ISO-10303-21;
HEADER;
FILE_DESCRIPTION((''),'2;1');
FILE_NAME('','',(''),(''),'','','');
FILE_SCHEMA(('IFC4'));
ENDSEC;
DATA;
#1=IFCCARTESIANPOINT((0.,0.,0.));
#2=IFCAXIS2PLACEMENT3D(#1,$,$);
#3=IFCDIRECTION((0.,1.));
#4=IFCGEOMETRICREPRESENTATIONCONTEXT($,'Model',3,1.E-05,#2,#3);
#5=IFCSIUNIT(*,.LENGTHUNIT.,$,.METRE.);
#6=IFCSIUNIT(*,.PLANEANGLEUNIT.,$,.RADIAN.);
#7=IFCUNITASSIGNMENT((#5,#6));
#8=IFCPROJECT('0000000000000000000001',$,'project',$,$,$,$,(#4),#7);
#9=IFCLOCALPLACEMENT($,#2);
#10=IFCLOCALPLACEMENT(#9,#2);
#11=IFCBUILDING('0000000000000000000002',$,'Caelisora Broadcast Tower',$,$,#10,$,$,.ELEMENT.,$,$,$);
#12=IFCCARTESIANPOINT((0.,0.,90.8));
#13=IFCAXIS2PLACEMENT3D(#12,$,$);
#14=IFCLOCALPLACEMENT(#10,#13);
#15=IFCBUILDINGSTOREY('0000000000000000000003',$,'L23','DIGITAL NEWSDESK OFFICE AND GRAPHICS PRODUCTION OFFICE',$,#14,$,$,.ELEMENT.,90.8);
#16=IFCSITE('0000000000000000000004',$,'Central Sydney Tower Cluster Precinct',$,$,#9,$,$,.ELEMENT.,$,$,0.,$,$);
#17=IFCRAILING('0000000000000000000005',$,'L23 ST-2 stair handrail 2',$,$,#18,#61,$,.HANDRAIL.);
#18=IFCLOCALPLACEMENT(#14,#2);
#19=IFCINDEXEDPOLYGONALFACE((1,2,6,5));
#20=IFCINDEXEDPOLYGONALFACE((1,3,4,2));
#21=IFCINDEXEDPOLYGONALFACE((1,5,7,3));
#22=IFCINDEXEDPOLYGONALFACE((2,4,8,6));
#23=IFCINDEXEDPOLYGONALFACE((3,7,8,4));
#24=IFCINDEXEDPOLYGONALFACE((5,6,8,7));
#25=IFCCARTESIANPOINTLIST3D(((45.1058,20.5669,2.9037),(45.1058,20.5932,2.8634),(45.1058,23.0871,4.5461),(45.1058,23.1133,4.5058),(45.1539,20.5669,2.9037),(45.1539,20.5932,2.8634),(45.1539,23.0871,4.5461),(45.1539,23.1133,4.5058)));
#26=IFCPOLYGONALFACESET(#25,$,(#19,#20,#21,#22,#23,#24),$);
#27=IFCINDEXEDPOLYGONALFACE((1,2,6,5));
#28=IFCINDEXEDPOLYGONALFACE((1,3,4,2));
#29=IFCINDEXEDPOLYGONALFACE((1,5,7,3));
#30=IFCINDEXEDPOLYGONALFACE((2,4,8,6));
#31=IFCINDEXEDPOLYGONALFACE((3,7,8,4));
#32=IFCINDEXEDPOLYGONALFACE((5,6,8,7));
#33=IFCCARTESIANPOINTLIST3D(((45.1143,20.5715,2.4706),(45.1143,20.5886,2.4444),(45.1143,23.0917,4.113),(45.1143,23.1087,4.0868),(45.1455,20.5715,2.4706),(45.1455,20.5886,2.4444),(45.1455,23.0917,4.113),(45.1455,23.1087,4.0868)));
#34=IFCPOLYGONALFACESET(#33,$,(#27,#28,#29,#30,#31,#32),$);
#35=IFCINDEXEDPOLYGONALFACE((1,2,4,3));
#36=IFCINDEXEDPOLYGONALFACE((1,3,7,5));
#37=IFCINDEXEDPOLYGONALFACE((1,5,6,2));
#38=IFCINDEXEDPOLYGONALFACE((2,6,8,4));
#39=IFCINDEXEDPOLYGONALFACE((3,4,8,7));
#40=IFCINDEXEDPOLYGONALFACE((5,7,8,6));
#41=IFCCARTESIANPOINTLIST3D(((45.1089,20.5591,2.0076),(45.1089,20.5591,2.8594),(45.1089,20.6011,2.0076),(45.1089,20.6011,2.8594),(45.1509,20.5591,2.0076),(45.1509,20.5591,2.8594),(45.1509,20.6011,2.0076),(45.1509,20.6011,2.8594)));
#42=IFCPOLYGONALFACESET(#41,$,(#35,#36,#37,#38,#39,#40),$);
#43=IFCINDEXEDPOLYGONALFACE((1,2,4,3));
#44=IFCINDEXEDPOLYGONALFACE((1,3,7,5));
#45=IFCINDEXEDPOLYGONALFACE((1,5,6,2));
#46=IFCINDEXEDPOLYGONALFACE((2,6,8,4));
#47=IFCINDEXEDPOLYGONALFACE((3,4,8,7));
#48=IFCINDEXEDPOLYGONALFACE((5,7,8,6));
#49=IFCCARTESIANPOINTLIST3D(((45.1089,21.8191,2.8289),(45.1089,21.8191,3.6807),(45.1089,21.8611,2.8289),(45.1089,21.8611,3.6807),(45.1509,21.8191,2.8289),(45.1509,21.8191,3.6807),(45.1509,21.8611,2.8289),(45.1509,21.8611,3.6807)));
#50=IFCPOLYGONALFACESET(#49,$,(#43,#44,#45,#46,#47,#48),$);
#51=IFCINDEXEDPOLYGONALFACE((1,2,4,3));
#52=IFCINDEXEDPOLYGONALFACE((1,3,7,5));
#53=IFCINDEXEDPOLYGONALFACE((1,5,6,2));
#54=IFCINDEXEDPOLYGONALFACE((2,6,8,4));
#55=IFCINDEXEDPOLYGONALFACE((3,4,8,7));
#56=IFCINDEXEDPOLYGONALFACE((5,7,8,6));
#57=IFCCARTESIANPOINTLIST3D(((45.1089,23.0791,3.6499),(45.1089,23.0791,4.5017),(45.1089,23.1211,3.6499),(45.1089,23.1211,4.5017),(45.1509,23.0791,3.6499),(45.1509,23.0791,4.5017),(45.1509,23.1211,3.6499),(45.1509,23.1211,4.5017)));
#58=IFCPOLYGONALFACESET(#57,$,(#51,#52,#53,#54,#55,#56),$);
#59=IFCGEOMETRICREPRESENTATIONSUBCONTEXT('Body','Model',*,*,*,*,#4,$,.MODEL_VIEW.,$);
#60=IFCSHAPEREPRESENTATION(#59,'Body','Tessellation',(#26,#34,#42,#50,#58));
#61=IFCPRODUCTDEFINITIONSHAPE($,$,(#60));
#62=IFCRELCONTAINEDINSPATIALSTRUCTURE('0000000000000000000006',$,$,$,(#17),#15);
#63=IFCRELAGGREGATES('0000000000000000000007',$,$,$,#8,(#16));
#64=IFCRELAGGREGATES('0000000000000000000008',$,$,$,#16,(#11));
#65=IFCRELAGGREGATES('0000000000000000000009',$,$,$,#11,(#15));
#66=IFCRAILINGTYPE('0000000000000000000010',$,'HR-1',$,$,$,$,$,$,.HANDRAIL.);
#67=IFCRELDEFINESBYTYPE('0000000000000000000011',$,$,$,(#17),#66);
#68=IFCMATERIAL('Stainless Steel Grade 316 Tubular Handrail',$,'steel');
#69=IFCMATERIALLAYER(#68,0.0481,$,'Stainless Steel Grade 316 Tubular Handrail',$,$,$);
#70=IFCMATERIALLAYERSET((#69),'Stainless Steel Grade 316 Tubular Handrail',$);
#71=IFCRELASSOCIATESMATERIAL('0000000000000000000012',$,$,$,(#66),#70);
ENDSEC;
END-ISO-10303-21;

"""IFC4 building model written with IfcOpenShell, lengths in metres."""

from ifc_helpers import new_model, si_unit, direction, frame, origin, origin_2d, place, context, subcontext, project, spatial, rectangle, extrude, material, layer, layer_set, type_object, element, save


model = new_model("IFC4")

# Units and contexts
model_context = context("Model", 3, precision=1e-05, world=origin(), true_north=direction((0.0, 1.0)))
body_context = subcontext(model_context, "Body", "Model", "MODEL_VIEW")
ifc_project = project(units=[si_unit("LENGTHUNIT", "METRE"), si_unit("PLANEANGLEUNIT", "RADIAN")], contexts=[model_context])

# Site, building, storey
site_placement = place(None, origin())
site = spatial("IfcSite", under=ifc_project, at=site_placement, Name="Central Sydney Tower Cluster Precinct", CompositionType="ELEMENT", RefElevation=0.0)
building_placement = place(site_placement, origin())
building = spatial("IfcBuilding", under=site, at=building_placement, Name="Caelisora Broadcast Tower", CompositionType="ELEMENT")
storey_placement = place(building_placement, frame((0.0, 0.0, 90.8)))
storey = spatial("IfcBuildingStorey", under=building, at=storey_placement, Name="L23", Description="DIGITAL NEWSDESK OFFICE AND GRAPHICS PRODUCTION OFFICE", CompositionType="ELEMENT", Elevation=90.8)

# Railing
ifc_material_1 = material(Name="Stainless Steel Grade 316 Tubular Handrail", Category="steel")
ifc_layer_1 = layer(ifc_material_1, 0.0481, Name="Stainless Steel Grade 316 Tubular Handrail")
ifc_layer_set_1 = layer_set([ifc_layer_1], Name="Stainless Steel Grade 316 Tubular Handrail")
railing_type_1 = type_object("IfcRailingType", Name="HR-1", PredefinedType="HANDRAIL", material=ifc_layer_set_1)
railing_1_placement = place(storey_placement, frame((45.1299, 20.5801, 2.0076)))
element("IfcRailing", 1, at=railing_1_placement, inside=storey, type_object=railing_type_1, Name="L23 ST-2 stair handrail 2", PredefinedType="HANDRAIL", context=body_context, shape_type="SweptSolid", body=[
    extrude(rectangle(XDim=0.0481, YDim=0.0481, at=origin_2d()), frame((0.0, 0.0, 0.876), z_axis=(0.0, 0.837787, 0.545998), x_axis=(-1.0, 0.0, 0.0)), (0.0, 0.0, 1.0), 3.0081),
    extrude(rectangle(XDim=0.0312, YDim=0.0312, at=origin_2d()), frame((0.0, 0.0, 0.45), z_axis=(0.0, 0.837787, 0.545998), x_axis=(-1.0, 0.0, 0.0)), (0.0, 0.0, 1.0), 3.0081),
    extrude(rectangle(XDim=0.042, YDim=0.042, at=origin_2d()), origin(), (0.0, 0.0, 1.0), 0.8518),
    extrude(rectangle(XDim=0.042, YDim=0.042, at=origin_2d()), frame((0.0, 1.26, 0.8213)), (0.0, 0.0, 1.0), 0.8518),
    extrude(rectangle(XDim=0.042, YDim=0.042, at=origin_2d()), frame((0.0, 2.52, 1.6423)), (0.0, 0.0, 1.0), 0.8518),
])

save(model, "model.ifc")
